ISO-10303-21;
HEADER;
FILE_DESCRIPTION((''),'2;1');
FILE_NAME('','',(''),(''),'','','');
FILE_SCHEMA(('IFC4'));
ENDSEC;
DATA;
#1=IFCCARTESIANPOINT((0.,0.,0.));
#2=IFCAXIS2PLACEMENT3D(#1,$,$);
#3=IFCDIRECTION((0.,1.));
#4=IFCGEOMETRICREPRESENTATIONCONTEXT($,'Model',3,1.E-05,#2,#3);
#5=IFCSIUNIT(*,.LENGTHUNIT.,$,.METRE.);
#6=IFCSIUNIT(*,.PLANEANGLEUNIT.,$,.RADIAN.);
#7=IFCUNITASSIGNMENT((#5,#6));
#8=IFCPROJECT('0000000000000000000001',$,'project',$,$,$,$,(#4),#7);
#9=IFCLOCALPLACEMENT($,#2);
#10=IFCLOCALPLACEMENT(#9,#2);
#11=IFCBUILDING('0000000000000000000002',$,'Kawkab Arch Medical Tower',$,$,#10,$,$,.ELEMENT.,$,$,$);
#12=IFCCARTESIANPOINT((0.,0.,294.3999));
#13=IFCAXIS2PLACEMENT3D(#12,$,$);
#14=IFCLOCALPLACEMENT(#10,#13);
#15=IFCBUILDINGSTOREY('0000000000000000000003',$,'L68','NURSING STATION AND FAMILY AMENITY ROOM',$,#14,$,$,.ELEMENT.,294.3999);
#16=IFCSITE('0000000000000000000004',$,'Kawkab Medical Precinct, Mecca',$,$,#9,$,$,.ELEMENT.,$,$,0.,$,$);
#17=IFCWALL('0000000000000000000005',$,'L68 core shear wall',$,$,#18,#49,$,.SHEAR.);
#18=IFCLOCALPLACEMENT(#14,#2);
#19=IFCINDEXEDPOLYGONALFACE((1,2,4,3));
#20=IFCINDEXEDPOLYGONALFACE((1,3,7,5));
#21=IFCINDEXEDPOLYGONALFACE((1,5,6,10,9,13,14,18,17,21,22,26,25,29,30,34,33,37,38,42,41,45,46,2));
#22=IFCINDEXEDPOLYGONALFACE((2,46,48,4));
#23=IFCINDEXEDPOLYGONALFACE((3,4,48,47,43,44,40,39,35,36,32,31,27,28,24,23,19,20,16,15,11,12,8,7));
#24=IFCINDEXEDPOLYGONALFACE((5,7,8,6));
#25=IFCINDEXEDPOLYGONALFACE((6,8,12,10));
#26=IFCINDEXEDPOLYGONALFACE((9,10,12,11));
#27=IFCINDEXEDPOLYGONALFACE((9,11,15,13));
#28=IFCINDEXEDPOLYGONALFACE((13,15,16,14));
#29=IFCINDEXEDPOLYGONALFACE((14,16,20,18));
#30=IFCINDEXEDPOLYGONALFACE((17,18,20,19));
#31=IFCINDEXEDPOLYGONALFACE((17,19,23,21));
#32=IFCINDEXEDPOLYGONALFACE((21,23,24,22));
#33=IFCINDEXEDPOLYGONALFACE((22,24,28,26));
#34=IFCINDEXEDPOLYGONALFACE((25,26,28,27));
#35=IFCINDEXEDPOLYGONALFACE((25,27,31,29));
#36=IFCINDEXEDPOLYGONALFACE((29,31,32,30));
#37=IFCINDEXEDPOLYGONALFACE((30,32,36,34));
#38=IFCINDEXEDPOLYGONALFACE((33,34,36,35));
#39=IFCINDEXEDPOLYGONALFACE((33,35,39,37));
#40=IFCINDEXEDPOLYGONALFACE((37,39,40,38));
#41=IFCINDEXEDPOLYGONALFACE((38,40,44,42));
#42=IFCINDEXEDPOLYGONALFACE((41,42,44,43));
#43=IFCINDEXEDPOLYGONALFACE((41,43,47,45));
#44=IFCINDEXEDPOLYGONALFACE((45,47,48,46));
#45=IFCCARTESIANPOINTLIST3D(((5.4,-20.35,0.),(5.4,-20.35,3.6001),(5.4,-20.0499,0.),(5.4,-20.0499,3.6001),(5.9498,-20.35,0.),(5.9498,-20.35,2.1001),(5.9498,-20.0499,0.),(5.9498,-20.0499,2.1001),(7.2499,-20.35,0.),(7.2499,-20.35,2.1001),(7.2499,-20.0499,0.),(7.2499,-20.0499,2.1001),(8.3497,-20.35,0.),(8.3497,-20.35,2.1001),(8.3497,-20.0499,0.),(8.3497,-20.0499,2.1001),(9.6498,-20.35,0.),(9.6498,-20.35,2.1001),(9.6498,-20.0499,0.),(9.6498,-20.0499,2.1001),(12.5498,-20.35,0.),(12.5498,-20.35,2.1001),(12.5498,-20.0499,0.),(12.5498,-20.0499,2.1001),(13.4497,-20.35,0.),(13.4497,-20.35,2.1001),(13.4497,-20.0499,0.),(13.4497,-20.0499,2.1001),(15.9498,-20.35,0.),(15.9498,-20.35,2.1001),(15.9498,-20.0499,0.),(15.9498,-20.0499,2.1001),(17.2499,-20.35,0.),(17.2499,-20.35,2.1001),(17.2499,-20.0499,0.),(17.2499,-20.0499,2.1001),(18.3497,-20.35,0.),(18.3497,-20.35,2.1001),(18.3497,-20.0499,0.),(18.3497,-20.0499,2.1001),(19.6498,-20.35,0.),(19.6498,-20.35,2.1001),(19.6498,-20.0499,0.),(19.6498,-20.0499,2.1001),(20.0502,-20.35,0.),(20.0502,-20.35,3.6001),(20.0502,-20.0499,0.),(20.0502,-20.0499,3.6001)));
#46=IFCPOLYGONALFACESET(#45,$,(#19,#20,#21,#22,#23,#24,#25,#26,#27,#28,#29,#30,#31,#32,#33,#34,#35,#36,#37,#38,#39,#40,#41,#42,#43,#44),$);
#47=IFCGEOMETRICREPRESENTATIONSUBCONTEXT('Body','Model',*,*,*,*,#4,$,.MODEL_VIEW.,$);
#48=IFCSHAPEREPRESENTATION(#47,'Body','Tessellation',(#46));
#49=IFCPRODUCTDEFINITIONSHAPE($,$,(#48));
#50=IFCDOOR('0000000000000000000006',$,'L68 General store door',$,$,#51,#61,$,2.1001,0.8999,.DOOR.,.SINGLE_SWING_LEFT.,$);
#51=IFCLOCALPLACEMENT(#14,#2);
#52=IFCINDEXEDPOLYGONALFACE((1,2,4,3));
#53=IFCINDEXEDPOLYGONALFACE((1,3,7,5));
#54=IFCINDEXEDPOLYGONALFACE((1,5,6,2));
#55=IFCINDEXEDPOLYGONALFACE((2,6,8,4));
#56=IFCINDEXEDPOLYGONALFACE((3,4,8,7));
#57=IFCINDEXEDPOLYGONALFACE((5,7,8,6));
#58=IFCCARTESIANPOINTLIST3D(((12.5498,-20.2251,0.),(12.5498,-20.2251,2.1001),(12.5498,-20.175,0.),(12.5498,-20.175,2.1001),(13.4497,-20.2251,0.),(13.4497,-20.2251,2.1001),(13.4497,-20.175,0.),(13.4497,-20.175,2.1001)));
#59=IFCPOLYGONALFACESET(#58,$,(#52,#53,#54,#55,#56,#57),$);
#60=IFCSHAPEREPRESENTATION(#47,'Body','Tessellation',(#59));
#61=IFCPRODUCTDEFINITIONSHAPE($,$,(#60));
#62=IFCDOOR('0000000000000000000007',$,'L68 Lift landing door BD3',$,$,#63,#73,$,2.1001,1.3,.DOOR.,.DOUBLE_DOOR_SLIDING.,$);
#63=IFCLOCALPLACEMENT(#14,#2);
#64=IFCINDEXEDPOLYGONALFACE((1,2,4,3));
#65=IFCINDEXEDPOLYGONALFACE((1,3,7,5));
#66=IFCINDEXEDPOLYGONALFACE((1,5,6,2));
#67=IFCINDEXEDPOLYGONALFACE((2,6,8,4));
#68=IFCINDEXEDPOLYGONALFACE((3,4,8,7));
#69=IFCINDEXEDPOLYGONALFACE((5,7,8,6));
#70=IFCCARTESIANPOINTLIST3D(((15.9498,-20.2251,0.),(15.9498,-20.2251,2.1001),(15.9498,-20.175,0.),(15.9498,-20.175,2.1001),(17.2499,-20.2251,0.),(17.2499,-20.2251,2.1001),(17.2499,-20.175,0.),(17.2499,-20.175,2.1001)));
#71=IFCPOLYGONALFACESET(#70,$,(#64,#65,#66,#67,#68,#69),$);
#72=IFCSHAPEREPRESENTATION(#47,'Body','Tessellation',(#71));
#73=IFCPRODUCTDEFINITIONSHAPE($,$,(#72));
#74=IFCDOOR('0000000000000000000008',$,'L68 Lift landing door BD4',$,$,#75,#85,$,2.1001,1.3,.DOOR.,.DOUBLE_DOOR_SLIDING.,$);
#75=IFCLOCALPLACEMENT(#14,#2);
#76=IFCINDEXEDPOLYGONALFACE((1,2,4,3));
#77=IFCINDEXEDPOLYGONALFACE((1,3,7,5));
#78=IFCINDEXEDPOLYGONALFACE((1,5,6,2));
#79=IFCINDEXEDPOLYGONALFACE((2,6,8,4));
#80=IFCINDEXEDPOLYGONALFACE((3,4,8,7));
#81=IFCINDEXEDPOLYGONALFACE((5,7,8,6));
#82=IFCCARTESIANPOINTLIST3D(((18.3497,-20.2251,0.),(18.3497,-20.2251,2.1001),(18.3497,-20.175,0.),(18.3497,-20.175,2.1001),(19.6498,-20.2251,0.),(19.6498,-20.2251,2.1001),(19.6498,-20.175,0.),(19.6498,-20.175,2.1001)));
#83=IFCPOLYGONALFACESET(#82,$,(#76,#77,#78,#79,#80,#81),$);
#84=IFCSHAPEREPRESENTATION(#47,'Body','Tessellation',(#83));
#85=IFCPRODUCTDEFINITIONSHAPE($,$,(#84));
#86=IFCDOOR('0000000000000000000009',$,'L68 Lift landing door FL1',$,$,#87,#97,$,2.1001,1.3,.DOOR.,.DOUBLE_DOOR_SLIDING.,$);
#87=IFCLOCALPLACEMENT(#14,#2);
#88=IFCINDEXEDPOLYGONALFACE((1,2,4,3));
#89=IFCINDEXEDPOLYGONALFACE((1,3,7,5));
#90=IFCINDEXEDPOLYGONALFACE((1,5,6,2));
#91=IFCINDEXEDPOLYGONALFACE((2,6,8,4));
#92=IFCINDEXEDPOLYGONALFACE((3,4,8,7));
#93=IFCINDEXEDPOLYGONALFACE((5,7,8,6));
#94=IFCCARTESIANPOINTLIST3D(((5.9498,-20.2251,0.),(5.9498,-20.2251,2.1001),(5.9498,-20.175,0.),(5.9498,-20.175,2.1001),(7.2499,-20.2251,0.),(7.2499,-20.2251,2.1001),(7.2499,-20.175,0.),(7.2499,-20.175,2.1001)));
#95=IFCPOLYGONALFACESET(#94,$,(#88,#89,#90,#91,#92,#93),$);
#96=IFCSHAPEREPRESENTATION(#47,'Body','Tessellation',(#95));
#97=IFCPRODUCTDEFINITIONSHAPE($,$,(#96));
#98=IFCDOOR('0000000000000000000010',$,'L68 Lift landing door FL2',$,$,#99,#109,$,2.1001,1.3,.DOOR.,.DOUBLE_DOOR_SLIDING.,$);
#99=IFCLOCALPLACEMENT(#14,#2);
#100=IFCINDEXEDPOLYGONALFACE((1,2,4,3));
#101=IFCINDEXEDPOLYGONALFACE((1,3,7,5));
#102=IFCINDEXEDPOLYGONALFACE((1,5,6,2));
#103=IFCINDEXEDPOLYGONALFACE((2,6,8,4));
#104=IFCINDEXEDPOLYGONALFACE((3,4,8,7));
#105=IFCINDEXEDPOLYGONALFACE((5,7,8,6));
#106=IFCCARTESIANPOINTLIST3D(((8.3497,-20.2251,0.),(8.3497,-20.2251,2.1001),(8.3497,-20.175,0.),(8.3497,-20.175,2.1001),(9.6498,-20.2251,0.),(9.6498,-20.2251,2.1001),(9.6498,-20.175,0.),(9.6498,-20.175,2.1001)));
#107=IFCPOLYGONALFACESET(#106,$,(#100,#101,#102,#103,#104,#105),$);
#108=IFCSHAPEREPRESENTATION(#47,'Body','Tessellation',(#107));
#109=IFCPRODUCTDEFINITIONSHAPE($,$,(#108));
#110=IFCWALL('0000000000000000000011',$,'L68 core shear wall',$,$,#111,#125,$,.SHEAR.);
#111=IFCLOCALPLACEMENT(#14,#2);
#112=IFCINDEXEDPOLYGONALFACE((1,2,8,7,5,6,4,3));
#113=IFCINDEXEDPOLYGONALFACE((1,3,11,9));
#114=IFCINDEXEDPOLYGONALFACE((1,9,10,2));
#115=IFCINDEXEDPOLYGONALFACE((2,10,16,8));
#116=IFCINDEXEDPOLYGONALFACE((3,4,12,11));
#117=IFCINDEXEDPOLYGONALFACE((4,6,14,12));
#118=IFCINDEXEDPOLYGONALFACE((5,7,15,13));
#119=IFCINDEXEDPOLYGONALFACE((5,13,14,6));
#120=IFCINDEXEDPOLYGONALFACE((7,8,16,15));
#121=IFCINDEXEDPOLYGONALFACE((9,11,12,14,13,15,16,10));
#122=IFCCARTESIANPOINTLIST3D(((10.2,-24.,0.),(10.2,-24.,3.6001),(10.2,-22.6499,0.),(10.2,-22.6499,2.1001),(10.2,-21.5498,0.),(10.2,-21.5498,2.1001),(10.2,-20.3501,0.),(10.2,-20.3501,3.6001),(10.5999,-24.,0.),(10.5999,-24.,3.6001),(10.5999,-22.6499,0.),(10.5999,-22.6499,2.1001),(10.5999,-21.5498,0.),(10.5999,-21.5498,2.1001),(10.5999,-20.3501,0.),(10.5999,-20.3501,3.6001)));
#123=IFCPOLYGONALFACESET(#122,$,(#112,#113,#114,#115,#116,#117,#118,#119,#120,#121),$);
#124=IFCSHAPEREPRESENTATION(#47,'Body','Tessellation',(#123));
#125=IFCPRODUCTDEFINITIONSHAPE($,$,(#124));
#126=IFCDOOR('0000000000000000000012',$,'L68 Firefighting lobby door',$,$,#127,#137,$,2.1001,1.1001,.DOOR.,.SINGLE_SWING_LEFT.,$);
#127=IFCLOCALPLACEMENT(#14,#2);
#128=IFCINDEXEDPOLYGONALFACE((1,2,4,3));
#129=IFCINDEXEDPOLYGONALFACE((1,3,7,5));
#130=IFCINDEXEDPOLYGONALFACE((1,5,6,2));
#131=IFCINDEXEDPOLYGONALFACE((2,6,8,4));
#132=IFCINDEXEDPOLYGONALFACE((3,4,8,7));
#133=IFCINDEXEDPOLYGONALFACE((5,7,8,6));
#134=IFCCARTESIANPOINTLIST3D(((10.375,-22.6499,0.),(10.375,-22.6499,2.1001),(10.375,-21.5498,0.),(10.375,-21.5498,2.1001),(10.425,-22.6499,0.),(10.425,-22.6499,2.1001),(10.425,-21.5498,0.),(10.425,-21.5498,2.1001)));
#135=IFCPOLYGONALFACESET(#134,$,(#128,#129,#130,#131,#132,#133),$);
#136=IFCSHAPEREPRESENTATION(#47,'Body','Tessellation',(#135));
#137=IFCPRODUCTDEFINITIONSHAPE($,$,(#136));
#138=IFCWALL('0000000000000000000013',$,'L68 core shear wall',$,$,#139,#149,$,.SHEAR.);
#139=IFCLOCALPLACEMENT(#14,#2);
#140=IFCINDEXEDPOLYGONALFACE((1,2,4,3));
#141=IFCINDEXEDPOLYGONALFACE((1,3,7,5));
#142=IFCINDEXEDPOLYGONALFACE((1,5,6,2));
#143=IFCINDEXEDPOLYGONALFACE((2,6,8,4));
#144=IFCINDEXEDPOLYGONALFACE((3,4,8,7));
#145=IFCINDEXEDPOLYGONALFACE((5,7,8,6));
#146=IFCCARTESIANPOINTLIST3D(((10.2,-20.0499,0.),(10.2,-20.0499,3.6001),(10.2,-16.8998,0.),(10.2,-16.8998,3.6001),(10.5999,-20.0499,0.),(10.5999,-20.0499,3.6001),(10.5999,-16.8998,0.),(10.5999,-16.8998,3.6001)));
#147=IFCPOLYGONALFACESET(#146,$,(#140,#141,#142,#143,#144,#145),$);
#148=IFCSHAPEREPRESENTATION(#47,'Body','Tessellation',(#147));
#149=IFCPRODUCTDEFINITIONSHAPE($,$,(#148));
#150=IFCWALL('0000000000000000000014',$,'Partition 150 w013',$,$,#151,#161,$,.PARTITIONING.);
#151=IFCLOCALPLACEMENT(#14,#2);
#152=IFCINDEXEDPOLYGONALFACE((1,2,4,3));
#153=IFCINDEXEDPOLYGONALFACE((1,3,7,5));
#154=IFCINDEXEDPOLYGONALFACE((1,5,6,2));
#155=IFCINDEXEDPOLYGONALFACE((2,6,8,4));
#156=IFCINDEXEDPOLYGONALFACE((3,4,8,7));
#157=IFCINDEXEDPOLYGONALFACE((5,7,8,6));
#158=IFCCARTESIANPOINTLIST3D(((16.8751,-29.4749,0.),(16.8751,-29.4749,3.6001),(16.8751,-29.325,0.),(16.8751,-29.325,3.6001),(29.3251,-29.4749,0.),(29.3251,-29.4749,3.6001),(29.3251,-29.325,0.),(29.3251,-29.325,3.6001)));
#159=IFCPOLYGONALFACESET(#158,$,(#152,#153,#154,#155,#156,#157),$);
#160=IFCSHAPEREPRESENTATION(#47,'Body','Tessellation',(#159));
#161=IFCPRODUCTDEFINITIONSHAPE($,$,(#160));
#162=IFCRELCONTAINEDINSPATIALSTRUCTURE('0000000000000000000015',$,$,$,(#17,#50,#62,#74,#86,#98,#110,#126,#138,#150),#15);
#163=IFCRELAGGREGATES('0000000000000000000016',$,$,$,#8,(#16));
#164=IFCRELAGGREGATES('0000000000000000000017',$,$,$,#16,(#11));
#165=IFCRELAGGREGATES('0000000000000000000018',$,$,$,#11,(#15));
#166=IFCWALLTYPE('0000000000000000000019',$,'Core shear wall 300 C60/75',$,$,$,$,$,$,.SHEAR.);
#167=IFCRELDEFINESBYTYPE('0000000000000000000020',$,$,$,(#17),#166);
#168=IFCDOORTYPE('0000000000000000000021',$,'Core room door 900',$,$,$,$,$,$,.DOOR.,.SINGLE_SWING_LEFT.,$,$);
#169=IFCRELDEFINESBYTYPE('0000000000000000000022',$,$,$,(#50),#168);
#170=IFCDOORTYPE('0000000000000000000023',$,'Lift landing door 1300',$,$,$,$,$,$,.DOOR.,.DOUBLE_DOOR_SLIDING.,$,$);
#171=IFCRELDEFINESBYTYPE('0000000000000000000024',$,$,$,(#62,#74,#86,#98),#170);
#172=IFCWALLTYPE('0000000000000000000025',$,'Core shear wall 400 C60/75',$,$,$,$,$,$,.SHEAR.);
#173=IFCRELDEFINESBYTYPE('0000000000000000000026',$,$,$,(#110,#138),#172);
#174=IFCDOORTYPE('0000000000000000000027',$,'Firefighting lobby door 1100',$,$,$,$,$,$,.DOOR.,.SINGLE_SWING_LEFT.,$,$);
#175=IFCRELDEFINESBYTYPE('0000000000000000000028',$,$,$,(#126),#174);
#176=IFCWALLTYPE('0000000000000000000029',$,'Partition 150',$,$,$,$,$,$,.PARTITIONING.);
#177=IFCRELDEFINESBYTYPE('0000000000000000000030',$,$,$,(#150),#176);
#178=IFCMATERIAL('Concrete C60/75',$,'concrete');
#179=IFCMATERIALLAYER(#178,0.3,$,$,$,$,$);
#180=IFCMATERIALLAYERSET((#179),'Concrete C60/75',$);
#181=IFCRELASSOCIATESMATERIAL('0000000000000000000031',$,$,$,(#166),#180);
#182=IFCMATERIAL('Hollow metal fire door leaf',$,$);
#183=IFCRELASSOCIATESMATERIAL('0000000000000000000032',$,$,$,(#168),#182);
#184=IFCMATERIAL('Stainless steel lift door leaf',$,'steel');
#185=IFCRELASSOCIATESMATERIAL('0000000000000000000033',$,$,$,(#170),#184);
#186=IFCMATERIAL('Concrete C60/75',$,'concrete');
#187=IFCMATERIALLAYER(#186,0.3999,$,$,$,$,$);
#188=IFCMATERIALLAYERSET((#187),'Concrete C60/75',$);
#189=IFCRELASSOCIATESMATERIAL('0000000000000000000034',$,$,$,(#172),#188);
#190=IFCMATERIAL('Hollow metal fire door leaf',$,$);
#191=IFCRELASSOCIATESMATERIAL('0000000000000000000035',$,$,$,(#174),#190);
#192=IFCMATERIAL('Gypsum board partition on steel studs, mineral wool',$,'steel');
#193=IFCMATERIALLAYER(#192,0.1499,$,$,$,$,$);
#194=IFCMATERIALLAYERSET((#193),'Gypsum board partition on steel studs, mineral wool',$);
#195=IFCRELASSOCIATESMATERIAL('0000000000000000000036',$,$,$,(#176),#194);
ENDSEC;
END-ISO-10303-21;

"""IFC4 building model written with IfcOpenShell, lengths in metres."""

from ifc_helpers import new_model, si_unit, direction, frame, frame_2d, origin, place, context, subcontext, project, spatial, rectangle, extrude, material, layer, layer_set, type_object, element, fill, save


model = new_model("IFC4")

# Units and contexts
model_context = context("Model", 3, precision=1e-05, world=origin(), true_north=direction((0.0, 1.0)))
body_context = subcontext(model_context, "Body", "Model", "MODEL_VIEW")
ifc_project = project(units=[si_unit("LENGTHUNIT", "METRE"), si_unit("PLANEANGLEUNIT", "RADIAN")], contexts=[model_context])

# Site, building, storey
site_placement = place(None, origin())
site = spatial("IfcSite", under=ifc_project, at=site_placement, Name="Kawkab Medical Precinct, Mecca", CompositionType="ELEMENT", RefElevation=0.0)
building_placement = place(site_placement, origin())
building = spatial("IfcBuilding", under=site, at=building_placement, Name="Kawkab Arch Medical Tower", CompositionType="ELEMENT")
storey_placement = place(building_placement, frame((0.0, 0.0, 294.3999)))
storey = spatial("IfcBuildingStorey", under=building, at=storey_placement, Name="L68", Description="NURSING STATION AND FAMILY AMENITY ROOM", CompositionType="ELEMENT", Elevation=294.3999)

# Wall, openings, doors
ifc_material_1 = material(Name="Concrete C60/75", Category="concrete")
ifc_layer_1 = layer(ifc_material_1, 0.3)
ifc_layer_set_1 = layer_set([ifc_layer_1], Name="Concrete C60/75")
wall_type_1 = type_object("IfcWallType", Name="Core shear wall 300 C60/75", PredefinedType="SHEAR", material=ifc_layer_set_1)
wall_1_placement = place(storey_placement, frame((5.3999, -20.2, 0.0), z_axis=(0.0, 0.0, 1.0), x_axis=(1.0, 0.0, 0.0)))
wall_1 = element("IfcWall", 1, at=wall_1_placement, inside=storey, type_object=wall_type_1, Name="L68 core shear wall", PredefinedType="SHEAR", context=body_context, shape_type="SweptSolid", body=[
    extrude(rectangle(XDim=14.6501, YDim=0.3, at=frame_2d((7.3252, 0.0))), origin(), (0.0, 0.0, 1.0), 3.6001),
])
opening_1_placement = place(wall_1_placement, frame((10.55, 0.0, 0.0)))
opening_1 = element("IfcOpeningElement", 2, at=opening_1_placement, cuts=wall_1, PredefinedType="OPENING", context=body_context, shape_type="SweptSolid", body=[
    extrude(rectangle(XDim=1.3, YDim=2.1001, at=frame_2d((0.6499, 1.05))), frame((0.0, 0.1599, 0.0), z_axis=(0.0, -1.0, 0.0), x_axis=(1.0, 0.0, 0.0)), (0.0, 0.0, 1.0), 0.3201),
])
opening_2_placement = place(wall_1_placement, frame((12.95, 0.0, 0.0)))
opening_2 = element("IfcOpeningElement", 3, at=opening_2_placement, cuts=wall_1, PredefinedType="OPENING", context=body_context, shape_type="SweptSolid", body=[
    extrude(rectangle(XDim=1.3, YDim=2.1001, at=frame_2d((0.6499, 1.05))), frame((0.0, 0.1599, 0.0), z_axis=(0.0, -1.0, 0.0), x_axis=(1.0, 0.0, 0.0)), (0.0, 0.0, 1.0), 0.3201),
])
opening_3_placement = place(wall_1_placement, frame((0.55, 0.0, 0.0)))
opening_3 = element("IfcOpeningElement", 4, at=opening_3_placement, cuts=wall_1, PredefinedType="OPENING", context=body_context, shape_type="SweptSolid", body=[
    extrude(rectangle(XDim=1.3, YDim=2.1001, at=frame_2d((0.6499, 1.05))), frame((0.0, 0.1599, 0.0), z_axis=(0.0, -1.0, 0.0), x_axis=(1.0, 0.0, 0.0)), (0.0, 0.0, 1.0), 0.3201),
])
opening_4_placement = place(wall_1_placement, frame((2.95, 0.0, 0.0)))
opening_4 = element("IfcOpeningElement", 5, at=opening_4_placement, cuts=wall_1, PredefinedType="OPENING", context=body_context, shape_type="SweptSolid", body=[
    extrude(rectangle(XDim=1.3, YDim=2.1001, at=frame_2d((0.6499, 1.05))), frame((0.0, 0.1599, 0.0), z_axis=(0.0, -1.0, 0.0), x_axis=(1.0, 0.0, 0.0)), (0.0, 0.0, 1.0), 0.3201),
])
opening_5_placement = place(wall_1_placement, frame((7.1499, 0.0, 0.0)))
opening_5 = element("IfcOpeningElement", 6, at=opening_5_placement, cuts=wall_1, PredefinedType="OPENING", context=body_context, shape_type="SweptSolid", body=[
    extrude(rectangle(XDim=0.8999, YDim=2.1001, at=frame_2d((0.45, 1.05))), frame((0.0, 0.1599, 0.0), z_axis=(0.0, -1.0, 0.0), x_axis=(1.0, 0.0, 0.0)), (0.0, 0.0, 1.0), 0.3201),
])
ifc_material_2 = material(Name="Hollow metal fire door leaf")
door_type_1 = type_object("IfcDoorType", Name="Core room door 900", OperationType="SINGLE_SWING_LEFT", PredefinedType="DOOR", material=ifc_material_2)
door_1_placement = place(opening_5_placement, origin())
door_1 = element("IfcDoor", 7, at=door_1_placement, inside=storey, type_object=door_type_1, Name="L68 General store door", OperationType="SINGLE_SWING_LEFT", OverallHeight=2.1001, OverallWidth=0.8999, PredefinedType="DOOR", context=body_context, shape_type="SweptSolid", body=[
    extrude(rectangle(XDim=0.8999, YDim=2.1001, at=frame_2d((0.45, 1.05))), frame((0.0, 0.0249, 0.0), z_axis=(0.0, -1.0, 0.0), x_axis=(1.0, 0.0, 0.0)), (0.0, 0.0, 1.0), 0.05),
])
fill(opening_5, door_1)
ifc_material_3 = material(Name="Stainless steel lift door leaf", Category="steel")
door_type_2 = type_object("IfcDoorType", Name="Lift landing door 1300", OperationType="DOUBLE_DOOR_SLIDING", PredefinedType="DOOR", material=ifc_material_3)
door_2_placement = place(opening_1_placement, origin())
door_2 = element("IfcDoor", 8, at=door_2_placement, inside=storey, type_object=door_type_2, Name="L68 Lift landing door BD3", OperationType="DOUBLE_DOOR_SLIDING", OverallHeight=2.1001, OverallWidth=1.3, PredefinedType="DOOR", context=body_context, shape_type="SweptSolid", body=[
    extrude(rectangle(XDim=1.3, YDim=2.1001, at=frame_2d((0.6499, 1.05))), frame((0.0, 0.0249, 0.0), z_axis=(0.0, -1.0, 0.0), x_axis=(1.0, 0.0, 0.0)), (0.0, 0.0, 1.0), 0.05),
])
fill(opening_1, door_2)
door_3_placement = place(opening_2_placement, origin())
door_3 = element("IfcDoor", 9, at=door_3_placement, inside=storey, type_object=door_type_2, Name="L68 Lift landing door BD4", OperationType="DOUBLE_DOOR_SLIDING", OverallHeight=2.1001, OverallWidth=1.3, PredefinedType="DOOR", context=body_context, shape_type="SweptSolid", body=[
    extrude(rectangle(XDim=1.3, YDim=2.1001, at=frame_2d((0.6499, 1.05))), frame((0.0, 0.0249, 0.0), z_axis=(0.0, -1.0, 0.0), x_axis=(1.0, 0.0, 0.0)), (0.0, 0.0, 1.0), 0.05),
])
fill(opening_2, door_3)
door_4_placement = place(opening_3_placement, origin())
door_4 = element("IfcDoor", 10, at=door_4_placement, inside=storey, type_object=door_type_2, Name="L68 Lift landing door FL1", OperationType="DOUBLE_DOOR_SLIDING", OverallHeight=2.1001, OverallWidth=1.3, PredefinedType="DOOR", context=body_context, shape_type="SweptSolid", body=[
    extrude(rectangle(XDim=1.3, YDim=2.1001, at=frame_2d((0.6499, 1.05))), frame((0.0, 0.0249, 0.0), z_axis=(0.0, -1.0, 0.0), x_axis=(1.0, 0.0, 0.0)), (0.0, 0.0, 1.0), 0.05),
])
fill(opening_3, door_4)
door_5_placement = place(opening_4_placement, origin())
door_5 = element("IfcDoor", 11, at=door_5_placement, inside=storey, type_object=door_type_2, Name="L68 Lift landing door FL2", OperationType="DOUBLE_DOOR_SLIDING", OverallHeight=2.1001, OverallWidth=1.3, PredefinedType="DOOR", context=body_context, shape_type="SweptSolid", body=[
    extrude(rectangle(XDim=1.3, YDim=2.1001, at=frame_2d((0.6499, 1.05))), frame((0.0, 0.0249, 0.0), z_axis=(0.0, -1.0, 0.0), x_axis=(1.0, 0.0, 0.0)), (0.0, 0.0, 1.0), 0.05),
])
fill(opening_4, door_5)

# Wall, opening, door
ifc_material_4 = material(Name="Concrete C60/75", Category="concrete")
ifc_layer_2 = layer(ifc_material_4, 0.3999)
ifc_layer_set_2 = layer_set([ifc_layer_2], Name="Concrete C60/75")
wall_type_2 = type_object("IfcWallType", Name="Core shear wall 400 C60/75", PredefinedType="SHEAR", material=ifc_layer_set_2)
wall_2_placement = place(storey_placement, frame((10.3999, -24.0, 0.0), z_axis=(0.0, 0.0, 1.0), x_axis=(0.0, 1.0, 0.0)))
wall_2 = element("IfcWall", 12, at=wall_2_placement, inside=storey, type_object=wall_type_2, Name="L68 core shear wall", PredefinedType="SHEAR", context=body_context, shape_type="SweptSolid", body=[
    extrude(rectangle(XDim=3.6499, YDim=0.3999, at=frame_2d((1.825, 0.0))), origin(), (0.0, 0.0, 1.0), 3.6001),
])
opening_6_placement = place(wall_2_placement, frame((1.3501, 0.0, 0.0)))
opening_6 = element("IfcOpeningElement", 13, at=opening_6_placement, cuts=wall_2, PredefinedType="OPENING", context=body_context, shape_type="SweptSolid", body=[
    extrude(rectangle(XDim=1.1001, YDim=2.1001, at=frame_2d((0.55, 1.05))), frame((0.0, 0.21, 0.0), z_axis=(0.0, -1.0, 0.0), x_axis=(1.0, 0.0, 0.0)), (0.0, 0.0, 1.0), 0.4199),
])
ifc_material_5 = material(Name="Hollow metal fire door leaf")
door_type_3 = type_object("IfcDoorType", Name="Firefighting lobby door 1100", OperationType="SINGLE_SWING_LEFT", PredefinedType="DOOR", material=ifc_material_5)
door_6_placement = place(opening_6_placement, origin())
door_6 = element("IfcDoor", 14, at=door_6_placement, inside=storey, type_object=door_type_3, Name="L68 Firefighting lobby door", OperationType="SINGLE_SWING_LEFT", OverallHeight=2.1001, OverallWidth=1.1001, PredefinedType="DOOR", context=body_context, shape_type="SweptSolid", body=[
    extrude(rectangle(XDim=1.1001, YDim=2.1001, at=frame_2d((0.55, 1.05))), frame((0.0, 0.0249, 0.0), z_axis=(0.0, -1.0, 0.0), x_axis=(1.0, 0.0, 0.0)), (0.0, 0.0, 1.0), 0.05),
])
fill(opening_6, door_6)

# Walls
wall_3_placement = place(storey_placement, frame((10.3999, -20.05, 0.0), z_axis=(0.0, 0.0, 1.0), x_axis=(0.0, 1.0, 0.0)))
element("IfcWall", 15, at=wall_3_placement, inside=storey, type_object=wall_type_2, Name="L68 core shear wall", PredefinedType="SHEAR", context=body_context, shape_type="SweptSolid", body=[
    extrude(rectangle(XDim=3.1501, YDim=0.3999, at=frame_2d((1.5752, 0.0))), origin(), (0.0, 0.0, 1.0), 3.6001),
])
ifc_material_6 = material(Name="Gypsum board partition on steel studs, mineral wool", Category="steel")
ifc_layer_3 = layer(ifc_material_6, 0.1499)
ifc_layer_set_3 = layer_set([ifc_layer_3], Name="Gypsum board partition on steel studs, mineral wool")
wall_type_3 = type_object("IfcWallType", Name="Partition 150", PredefinedType="PARTITIONING", material=ifc_layer_set_3)
wall_4_placement = place(storey_placement, frame((16.875, -29.3999, 0.0), z_axis=(0.0, 0.0, 1.0), x_axis=(1.0, 0.0, 0.0)))
element("IfcWall", 16, at=wall_4_placement, inside=storey, type_object=wall_type_3, Name="Partition 150 w013", PredefinedType="PARTITIONING", context=body_context, shape_type="SweptSolid", body=[
    extrude(rectangle(XDim=12.45, YDim=0.1499, at=frame_2d((6.2251, 0.0))), origin(), (0.0, 0.0, 1.0), 3.6001),
])

save(model, "model.ifc")
